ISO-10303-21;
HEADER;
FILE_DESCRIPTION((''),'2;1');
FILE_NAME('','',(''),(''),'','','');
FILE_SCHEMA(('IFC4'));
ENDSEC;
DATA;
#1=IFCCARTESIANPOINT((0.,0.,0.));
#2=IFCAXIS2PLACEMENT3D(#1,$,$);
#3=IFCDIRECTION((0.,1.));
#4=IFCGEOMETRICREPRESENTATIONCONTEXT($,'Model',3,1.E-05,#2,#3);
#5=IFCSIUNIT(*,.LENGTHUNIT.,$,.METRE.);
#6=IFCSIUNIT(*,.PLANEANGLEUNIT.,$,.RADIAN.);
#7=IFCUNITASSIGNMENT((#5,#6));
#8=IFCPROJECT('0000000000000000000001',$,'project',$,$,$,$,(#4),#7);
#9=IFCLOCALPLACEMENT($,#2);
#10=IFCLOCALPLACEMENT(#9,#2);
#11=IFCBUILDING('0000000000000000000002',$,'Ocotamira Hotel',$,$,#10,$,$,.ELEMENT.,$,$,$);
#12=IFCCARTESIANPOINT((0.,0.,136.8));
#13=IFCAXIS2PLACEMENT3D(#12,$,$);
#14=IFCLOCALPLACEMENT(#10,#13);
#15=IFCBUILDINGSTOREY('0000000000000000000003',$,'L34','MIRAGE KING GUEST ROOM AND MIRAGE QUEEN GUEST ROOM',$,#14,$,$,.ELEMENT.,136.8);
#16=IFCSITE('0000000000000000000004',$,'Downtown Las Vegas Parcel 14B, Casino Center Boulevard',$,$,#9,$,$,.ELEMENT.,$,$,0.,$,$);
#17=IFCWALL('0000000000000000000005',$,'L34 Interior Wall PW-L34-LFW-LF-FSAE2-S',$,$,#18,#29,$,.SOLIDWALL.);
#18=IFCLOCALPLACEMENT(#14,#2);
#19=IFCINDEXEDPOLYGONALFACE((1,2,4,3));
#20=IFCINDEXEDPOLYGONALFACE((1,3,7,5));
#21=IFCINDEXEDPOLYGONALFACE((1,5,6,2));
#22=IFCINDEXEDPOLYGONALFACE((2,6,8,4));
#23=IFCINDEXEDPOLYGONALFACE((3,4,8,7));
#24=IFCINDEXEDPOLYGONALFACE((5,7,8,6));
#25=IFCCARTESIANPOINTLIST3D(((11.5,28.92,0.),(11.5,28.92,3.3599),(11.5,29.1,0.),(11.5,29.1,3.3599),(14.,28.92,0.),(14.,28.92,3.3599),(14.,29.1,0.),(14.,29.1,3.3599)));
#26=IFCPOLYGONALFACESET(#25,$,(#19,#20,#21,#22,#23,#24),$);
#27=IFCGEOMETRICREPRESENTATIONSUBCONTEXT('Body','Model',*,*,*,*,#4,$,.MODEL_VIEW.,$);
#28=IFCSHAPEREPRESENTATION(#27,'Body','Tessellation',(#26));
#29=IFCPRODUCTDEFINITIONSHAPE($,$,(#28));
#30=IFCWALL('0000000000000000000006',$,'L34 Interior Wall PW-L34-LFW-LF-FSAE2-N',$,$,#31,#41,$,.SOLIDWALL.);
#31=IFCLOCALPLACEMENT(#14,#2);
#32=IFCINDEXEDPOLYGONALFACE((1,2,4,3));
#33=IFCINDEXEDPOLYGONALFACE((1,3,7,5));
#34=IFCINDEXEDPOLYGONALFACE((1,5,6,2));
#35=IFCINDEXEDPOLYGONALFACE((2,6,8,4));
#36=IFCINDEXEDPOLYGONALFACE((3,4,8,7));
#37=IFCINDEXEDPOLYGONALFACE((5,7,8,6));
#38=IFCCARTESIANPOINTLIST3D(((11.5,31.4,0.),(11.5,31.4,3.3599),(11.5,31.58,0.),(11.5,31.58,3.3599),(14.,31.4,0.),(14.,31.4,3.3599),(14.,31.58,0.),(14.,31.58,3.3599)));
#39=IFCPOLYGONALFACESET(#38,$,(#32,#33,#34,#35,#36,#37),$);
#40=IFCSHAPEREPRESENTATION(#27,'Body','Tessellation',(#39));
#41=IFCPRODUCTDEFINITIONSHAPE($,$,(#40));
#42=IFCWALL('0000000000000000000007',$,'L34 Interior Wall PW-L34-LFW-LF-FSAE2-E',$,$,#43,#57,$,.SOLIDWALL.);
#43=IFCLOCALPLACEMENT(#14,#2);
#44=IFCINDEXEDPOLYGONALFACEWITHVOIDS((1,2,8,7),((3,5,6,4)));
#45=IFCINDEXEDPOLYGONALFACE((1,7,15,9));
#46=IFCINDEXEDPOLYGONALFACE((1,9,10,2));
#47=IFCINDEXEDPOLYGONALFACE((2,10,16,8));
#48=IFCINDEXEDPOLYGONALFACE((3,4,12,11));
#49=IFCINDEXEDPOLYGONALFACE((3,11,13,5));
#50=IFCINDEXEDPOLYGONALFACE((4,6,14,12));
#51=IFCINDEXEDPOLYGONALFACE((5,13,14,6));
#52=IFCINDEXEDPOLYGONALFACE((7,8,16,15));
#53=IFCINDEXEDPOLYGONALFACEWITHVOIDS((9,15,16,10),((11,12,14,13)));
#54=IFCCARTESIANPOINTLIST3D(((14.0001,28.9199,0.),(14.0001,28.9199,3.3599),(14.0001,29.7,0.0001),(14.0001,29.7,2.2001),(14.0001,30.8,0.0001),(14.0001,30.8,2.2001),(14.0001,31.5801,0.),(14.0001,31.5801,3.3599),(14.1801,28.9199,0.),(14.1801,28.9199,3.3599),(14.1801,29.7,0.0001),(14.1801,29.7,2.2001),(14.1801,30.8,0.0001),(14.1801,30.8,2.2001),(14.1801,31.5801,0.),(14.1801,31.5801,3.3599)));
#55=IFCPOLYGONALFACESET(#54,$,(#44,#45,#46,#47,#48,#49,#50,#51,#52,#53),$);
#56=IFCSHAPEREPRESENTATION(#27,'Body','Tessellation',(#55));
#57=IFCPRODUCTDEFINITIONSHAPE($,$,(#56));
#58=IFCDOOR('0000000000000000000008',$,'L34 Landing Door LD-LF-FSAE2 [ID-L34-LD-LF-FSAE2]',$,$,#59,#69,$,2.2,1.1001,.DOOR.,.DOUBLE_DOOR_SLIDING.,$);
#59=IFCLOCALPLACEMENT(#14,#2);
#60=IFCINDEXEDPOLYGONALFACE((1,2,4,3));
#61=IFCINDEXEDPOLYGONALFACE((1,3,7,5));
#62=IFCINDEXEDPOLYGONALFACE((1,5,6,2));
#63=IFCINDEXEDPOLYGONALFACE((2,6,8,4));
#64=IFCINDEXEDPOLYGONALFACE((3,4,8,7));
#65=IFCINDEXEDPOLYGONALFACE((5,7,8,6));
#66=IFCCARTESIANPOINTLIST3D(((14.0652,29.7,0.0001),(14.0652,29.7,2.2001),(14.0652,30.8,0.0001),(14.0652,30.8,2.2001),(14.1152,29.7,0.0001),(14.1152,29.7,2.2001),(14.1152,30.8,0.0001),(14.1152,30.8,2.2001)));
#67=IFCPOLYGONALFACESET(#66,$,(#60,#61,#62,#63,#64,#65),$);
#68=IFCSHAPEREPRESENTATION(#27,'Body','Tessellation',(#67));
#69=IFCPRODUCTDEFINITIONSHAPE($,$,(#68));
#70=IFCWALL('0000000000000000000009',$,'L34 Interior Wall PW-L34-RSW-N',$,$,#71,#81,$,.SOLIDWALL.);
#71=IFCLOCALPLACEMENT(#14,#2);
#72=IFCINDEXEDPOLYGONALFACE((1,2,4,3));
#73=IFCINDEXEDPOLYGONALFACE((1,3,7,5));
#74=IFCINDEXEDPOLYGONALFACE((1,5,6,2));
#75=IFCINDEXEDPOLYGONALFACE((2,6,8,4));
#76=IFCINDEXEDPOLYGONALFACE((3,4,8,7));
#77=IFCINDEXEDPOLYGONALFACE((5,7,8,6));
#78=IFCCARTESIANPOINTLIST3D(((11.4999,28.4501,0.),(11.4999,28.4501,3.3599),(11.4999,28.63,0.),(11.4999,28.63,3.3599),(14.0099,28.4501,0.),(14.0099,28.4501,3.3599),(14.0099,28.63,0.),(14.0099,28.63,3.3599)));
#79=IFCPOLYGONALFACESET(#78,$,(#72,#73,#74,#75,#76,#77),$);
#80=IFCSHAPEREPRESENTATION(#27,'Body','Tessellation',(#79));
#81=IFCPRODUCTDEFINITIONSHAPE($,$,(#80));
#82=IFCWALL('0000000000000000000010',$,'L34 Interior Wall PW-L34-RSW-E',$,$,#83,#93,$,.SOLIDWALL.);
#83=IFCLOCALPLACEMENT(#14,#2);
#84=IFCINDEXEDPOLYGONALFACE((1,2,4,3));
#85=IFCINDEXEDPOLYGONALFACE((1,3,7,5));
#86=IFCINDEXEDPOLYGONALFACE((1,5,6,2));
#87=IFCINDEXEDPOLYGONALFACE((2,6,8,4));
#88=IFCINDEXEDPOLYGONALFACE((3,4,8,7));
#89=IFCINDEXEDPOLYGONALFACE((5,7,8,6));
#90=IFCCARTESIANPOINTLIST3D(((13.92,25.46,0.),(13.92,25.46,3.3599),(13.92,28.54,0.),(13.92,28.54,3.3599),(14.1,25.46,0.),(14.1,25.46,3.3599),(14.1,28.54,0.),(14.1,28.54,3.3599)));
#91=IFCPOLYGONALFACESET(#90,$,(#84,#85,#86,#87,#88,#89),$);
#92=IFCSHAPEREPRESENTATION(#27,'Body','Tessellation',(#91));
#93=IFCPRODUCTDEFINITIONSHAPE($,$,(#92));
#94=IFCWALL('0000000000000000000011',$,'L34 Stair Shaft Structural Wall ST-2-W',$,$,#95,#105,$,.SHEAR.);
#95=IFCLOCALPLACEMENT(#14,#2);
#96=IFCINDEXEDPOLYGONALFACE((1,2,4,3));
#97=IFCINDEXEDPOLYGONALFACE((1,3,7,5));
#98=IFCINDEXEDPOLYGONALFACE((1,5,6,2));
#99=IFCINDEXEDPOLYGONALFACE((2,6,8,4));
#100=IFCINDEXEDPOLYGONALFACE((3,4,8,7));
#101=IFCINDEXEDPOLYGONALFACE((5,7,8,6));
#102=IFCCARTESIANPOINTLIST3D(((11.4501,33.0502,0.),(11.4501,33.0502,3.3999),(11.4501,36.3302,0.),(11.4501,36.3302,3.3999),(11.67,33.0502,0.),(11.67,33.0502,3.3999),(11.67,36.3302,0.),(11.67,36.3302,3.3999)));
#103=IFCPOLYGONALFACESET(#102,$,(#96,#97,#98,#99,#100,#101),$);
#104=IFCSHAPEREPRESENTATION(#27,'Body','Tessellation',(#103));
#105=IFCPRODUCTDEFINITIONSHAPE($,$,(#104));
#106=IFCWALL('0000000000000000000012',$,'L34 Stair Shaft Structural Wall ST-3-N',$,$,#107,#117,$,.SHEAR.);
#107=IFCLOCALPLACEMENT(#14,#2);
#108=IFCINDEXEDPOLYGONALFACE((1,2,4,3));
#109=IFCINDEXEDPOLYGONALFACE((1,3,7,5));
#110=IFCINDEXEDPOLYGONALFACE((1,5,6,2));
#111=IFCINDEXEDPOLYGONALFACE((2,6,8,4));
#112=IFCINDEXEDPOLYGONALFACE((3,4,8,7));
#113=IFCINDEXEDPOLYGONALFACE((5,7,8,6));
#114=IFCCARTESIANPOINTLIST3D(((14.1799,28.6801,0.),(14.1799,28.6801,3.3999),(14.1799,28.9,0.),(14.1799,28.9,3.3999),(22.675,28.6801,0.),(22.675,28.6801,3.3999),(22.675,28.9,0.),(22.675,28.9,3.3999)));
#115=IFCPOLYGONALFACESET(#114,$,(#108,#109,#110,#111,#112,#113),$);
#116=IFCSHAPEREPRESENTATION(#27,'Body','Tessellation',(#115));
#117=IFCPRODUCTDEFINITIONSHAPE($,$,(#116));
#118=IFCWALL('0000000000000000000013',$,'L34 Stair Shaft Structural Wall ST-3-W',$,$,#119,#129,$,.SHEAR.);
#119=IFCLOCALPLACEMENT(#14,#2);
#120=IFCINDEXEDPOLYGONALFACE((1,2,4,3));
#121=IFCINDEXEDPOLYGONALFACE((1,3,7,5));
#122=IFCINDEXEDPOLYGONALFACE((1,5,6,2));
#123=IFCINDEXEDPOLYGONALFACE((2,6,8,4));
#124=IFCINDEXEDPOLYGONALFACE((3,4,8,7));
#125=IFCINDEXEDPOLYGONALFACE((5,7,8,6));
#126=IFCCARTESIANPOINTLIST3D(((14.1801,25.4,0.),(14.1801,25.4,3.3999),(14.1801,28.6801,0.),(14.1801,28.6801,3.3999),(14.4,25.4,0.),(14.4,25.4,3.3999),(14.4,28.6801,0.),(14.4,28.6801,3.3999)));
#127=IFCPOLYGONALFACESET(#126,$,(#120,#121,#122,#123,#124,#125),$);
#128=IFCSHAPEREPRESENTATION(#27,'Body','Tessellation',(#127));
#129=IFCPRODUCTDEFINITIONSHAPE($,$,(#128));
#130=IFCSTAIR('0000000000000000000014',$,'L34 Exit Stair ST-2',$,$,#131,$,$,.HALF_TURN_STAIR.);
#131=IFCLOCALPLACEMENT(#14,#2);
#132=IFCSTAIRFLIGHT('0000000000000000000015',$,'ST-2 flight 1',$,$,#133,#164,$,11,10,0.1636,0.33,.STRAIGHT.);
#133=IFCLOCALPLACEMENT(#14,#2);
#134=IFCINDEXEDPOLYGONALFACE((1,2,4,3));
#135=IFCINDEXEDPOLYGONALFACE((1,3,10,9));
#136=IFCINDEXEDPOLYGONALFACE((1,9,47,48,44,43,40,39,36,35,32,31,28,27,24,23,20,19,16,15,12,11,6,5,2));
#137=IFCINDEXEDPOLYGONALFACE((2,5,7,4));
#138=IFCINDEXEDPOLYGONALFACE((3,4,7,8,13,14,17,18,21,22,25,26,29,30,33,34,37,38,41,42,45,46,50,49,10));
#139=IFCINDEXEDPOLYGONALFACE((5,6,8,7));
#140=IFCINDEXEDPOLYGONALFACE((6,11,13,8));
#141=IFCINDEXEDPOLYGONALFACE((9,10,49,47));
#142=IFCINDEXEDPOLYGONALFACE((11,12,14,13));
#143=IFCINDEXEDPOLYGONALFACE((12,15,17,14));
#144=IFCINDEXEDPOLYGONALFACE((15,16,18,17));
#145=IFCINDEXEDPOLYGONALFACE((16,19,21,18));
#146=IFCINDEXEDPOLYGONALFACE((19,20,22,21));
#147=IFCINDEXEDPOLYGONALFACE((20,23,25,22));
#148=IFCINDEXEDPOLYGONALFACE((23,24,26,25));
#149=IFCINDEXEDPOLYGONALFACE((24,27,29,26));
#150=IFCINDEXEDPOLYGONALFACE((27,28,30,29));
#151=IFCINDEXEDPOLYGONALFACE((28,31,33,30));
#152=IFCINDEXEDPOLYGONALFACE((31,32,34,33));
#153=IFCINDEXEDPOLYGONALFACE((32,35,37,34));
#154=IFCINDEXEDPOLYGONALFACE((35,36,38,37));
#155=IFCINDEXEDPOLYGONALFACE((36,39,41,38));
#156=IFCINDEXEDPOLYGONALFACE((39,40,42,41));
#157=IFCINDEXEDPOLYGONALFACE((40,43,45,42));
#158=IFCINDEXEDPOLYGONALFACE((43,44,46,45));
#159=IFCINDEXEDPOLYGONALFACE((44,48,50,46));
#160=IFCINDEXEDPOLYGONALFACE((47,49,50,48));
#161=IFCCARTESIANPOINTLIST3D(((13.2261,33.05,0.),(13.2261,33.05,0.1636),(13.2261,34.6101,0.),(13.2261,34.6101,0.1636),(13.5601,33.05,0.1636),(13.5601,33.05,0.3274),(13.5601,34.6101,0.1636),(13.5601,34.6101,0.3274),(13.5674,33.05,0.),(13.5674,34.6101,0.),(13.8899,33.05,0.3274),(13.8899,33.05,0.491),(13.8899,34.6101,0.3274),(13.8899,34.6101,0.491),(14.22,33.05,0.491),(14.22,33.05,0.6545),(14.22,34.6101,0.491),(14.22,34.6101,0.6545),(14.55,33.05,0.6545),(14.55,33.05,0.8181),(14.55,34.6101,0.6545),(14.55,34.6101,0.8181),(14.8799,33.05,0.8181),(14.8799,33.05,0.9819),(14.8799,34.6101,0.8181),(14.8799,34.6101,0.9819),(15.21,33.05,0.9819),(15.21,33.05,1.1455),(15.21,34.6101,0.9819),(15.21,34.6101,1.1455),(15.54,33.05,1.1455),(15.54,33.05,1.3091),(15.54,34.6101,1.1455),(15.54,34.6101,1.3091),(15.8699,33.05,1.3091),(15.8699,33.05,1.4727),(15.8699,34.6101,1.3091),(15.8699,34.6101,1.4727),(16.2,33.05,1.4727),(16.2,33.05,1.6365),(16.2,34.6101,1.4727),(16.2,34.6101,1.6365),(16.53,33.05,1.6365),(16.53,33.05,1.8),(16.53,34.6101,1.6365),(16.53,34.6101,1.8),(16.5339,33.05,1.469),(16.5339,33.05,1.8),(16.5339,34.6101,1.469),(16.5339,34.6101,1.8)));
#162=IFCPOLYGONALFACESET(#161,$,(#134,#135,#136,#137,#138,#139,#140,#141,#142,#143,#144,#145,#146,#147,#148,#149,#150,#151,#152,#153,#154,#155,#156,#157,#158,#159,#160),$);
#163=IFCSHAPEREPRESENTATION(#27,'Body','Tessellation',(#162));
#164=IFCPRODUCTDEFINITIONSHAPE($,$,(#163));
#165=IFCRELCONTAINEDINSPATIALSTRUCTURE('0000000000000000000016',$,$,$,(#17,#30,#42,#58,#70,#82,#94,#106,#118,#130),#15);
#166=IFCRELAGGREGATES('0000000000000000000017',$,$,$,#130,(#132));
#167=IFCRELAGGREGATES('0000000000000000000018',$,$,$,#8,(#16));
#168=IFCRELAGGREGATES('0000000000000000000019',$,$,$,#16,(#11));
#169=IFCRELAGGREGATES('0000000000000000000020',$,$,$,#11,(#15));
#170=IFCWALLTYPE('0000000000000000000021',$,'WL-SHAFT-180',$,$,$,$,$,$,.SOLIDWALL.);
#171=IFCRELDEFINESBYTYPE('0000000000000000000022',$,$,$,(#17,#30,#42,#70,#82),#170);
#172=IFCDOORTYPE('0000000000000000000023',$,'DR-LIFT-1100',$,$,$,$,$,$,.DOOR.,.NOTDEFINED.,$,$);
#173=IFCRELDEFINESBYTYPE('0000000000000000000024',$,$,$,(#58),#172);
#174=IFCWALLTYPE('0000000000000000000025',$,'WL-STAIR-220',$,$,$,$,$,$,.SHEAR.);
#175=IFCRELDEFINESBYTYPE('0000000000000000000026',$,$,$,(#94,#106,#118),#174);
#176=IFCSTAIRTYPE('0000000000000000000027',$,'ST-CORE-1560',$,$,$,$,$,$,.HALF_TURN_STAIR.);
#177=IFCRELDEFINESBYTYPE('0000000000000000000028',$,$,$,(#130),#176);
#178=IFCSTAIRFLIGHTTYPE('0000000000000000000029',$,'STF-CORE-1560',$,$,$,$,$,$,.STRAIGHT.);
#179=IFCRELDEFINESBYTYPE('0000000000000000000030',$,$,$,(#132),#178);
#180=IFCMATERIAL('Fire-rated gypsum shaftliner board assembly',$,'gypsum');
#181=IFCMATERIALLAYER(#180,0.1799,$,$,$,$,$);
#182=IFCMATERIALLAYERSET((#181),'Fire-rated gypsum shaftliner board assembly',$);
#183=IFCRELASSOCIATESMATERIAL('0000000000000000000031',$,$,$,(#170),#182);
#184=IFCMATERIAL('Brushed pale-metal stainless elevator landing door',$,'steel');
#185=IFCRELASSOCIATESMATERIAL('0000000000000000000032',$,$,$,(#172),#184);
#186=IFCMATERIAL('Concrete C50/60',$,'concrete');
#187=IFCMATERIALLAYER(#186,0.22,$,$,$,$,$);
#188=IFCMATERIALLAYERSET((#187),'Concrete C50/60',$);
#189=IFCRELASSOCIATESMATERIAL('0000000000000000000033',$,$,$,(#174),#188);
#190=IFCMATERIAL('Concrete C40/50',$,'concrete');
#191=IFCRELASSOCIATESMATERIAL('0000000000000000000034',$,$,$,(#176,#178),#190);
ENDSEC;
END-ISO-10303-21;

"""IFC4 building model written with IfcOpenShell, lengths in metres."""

from ifc_helpers import new_model, si_unit, direction, frame, frame_2d, origin, place, context, subcontext, project, spatial, polyline, rectangle, outline, extrude, source, transform, mapped, material, layer, layer_set, type_object, element, fill, aggregate, save


model = new_model("IFC4")

# Units and contexts
model_context = context("Model", 3, precision=1e-05, world=origin(), true_north=direction((0.0, 1.0)))
body_context = subcontext(model_context, "Body", "Model", "MODEL_VIEW")
ifc_project = project(units=[si_unit("LENGTHUNIT", "METRE"), si_unit("PLANEANGLEUNIT", "RADIAN")], contexts=[model_context])

# Site, building, storey
site_placement = place(None, origin())
site = spatial("IfcSite", under=ifc_project, at=site_placement, Name="Downtown Las Vegas Parcel 14B, Casino Center Boulevard", CompositionType="ELEMENT", RefElevation=0.0)
building_placement = place(site_placement, origin())
building = spatial("IfcBuilding", under=site, at=building_placement, Name="Ocotamira Hotel", CompositionType="ELEMENT")
storey_placement = place(building_placement, frame((0.0, 0.0, 136.8)))
storey = spatial("IfcBuildingStorey", under=building, at=storey_placement, Name="L34", Description="MIRAGE KING GUEST ROOM AND MIRAGE QUEEN GUEST ROOM", CompositionType="ELEMENT", Elevation=136.8)

# Walls
ifc_material_1 = material(Name="Fire-rated gypsum shaftliner board assembly", Category="gypsum")
ifc_layer_1 = layer(ifc_material_1, 0.1799)
ifc_layer_set_1 = layer_set([ifc_layer_1], Name="Fire-rated gypsum shaftliner board assembly")
wall_type_1 = type_object("IfcWallType", Name="WL-SHAFT-180", PredefinedType="SOLIDWALL", material=ifc_layer_set_1)
for number, where, z_axis, x_axis, name in (
    (1, (11.5, 29.01, 0.0), (0.0, 0.0, 1.0), (1.0, 0.0, 0.0), "L34 Interior Wall PW-L34-LFW-LF-FSAE2-S"),
    (2, (11.5, 31.49, 0.0), (0.0, 0.0, 1.0), (1.0, 0.0, 0.0), "L34 Interior Wall PW-L34-LFW-LF-FSAE2-N"),
):
    element("IfcWall", number, at=place(storey_placement, frame(where, z_axis=z_axis, x_axis=x_axis)), inside=storey, type_object=wall_type_1, Name=name, PredefinedType="SOLIDWALL", context=body_context, shape_type="SweptSolid", body=[
        extrude(rectangle(XDim=2.5, YDim=0.1799, at=frame_2d((1.25, 0.0))), origin(), (0.0, 0.0, 1.0), 3.3599),
    ])

# Wall, opening, door
wall_1_placement = place(storey_placement, frame((14.0901, 28.9199, 0.0), z_axis=(0.0, 0.0, 1.0), x_axis=(0.0, 1.0, 0.0)))
wall_1 = element("IfcWall", 3, at=wall_1_placement, inside=storey, type_object=wall_type_1, Name="L34 Interior Wall PW-L34-LFW-LF-FSAE2-E", PredefinedType="SOLIDWALL", context=body_context, shape_type="SweptSolid", body=[
    extrude(rectangle(XDim=2.6602, YDim=0.1799, at=frame_2d((1.3301, 0.0))), origin(), (0.0, 0.0, 1.0), 3.3599),
])
opening_placement = place(wall_1_placement, frame((0.78, 0.0, 0.0)))
opening = element("IfcOpeningElement", 4, at=opening_placement, cuts=wall_1, PredefinedType="OPENING", context=body_context, shape_type="SweptSolid", body=[
    extrude(rectangle(XDim=1.1001, YDim=2.2, at=frame_2d((0.55, 1.1001))), frame((0.0, 0.1001, 0.0), z_axis=(0.0, -1.0, 0.0), x_axis=(1.0, 0.0, 0.0)), (0.0, 0.0, 1.0), 0.2),
])
ifc_material_2 = material(Name="Brushed pale-metal stainless elevator landing door", Category="steel")
door_type = type_object("IfcDoorType", Name="DR-LIFT-1100", OperationType="NOTDEFINED", PredefinedType="DOOR", material=ifc_material_2)
shared_shape_1 = source(origin(), body_context, "Body", "SweptSolid", [
    extrude(rectangle(XDim=1.1001, YDim=2.2, at=frame_2d((0.55, 1.1001))), frame((0.0, 0.0249, 0.0), z_axis=(0.0, -1.0, 0.0), x_axis=(1.0, 0.0, 0.0)), (0.0, 0.0, 1.0), 0.05),
])
door_placement = place(opening_placement, origin())
door = element("IfcDoor", 5, at=door_placement, inside=storey, type_object=door_type, Name="L34 Landing Door LD-LF-FSAE2 [ID-L34-LD-LF-FSAE2]", OperationType="DOUBLE_DOOR_SLIDING", OverallHeight=2.2, OverallWidth=1.1001, PredefinedType="DOOR", context=body_context, shape_type="MappedRepresentation", body=[
    mapped(shared_shape_1, transform((0.0, 0.0, 0.0), scale=1.0)),
])
fill(opening, door)

# Walls
wall_2_placement = place(storey_placement, frame((11.5, 28.54, 0.0), z_axis=(0.0, 0.0, 1.0), x_axis=(1.0, 0.0, 0.0)))
element("IfcWall", 6, at=wall_2_placement, inside=storey, type_object=wall_type_1, Name="L34 Interior Wall PW-L34-RSW-N", PredefinedType="SOLIDWALL", context=body_context, shape_type="SweptSolid", body=[
    extrude(rectangle(XDim=2.51, YDim=0.1799, at=frame_2d((1.2549, 0.0))), origin(), (0.0, 0.0, 1.0), 3.3599),
])
wall_3_placement = place(storey_placement, frame((14.01, 25.46, 0.0), z_axis=(0.0, 0.0, 1.0), x_axis=(0.0, 1.0, 0.0)))
element("IfcWall", 7, at=wall_3_placement, inside=storey, type_object=wall_type_1, Name="L34 Interior Wall PW-L34-RSW-E", PredefinedType="SOLIDWALL", context=body_context, shape_type="SweptSolid", body=[
    extrude(rectangle(XDim=3.0801, YDim=0.1799, at=frame_2d((1.54, 0.0))), origin(), (0.0, 0.0, 1.0), 3.3599),
])
ifc_material_3 = material(Name="Concrete C50/60", Category="concrete")
ifc_layer_2 = layer(ifc_material_3, 0.22)
ifc_layer_set_2 = layer_set([ifc_layer_2], Name="Concrete C50/60")
wall_type_2 = type_object("IfcWallType", Name="WL-STAIR-220", PredefinedType="SHEAR", material=ifc_layer_set_2)
wall_4_placement = place(storey_placement, frame((11.5601, 33.05, 0.0), z_axis=(0.0, 0.0, 1.0), x_axis=(0.0, 1.0, 0.0)))
element("IfcWall", 8, at=wall_4_placement, inside=storey, type_object=wall_type_2, Name="L34 Stair Shaft Structural Wall ST-2-W", PredefinedType="SHEAR", context=body_context, shape_type="SweptSolid", body=[
    extrude(rectangle(XDim=3.28, YDim=0.22, at=frame_2d((1.6401, 0.0))), origin(), (0.0, 0.0, 1.0), 3.3999),
])
wall_5_placement = place(storey_placement, frame((14.1799, 28.79, 0.0), z_axis=(0.0, 0.0, 1.0), x_axis=(1.0, 0.0, 0.0)))
element("IfcWall", 9, at=wall_5_placement, inside=storey, type_object=wall_type_2, Name="L34 Stair Shaft Structural Wall ST-3-N", PredefinedType="SHEAR", context=body_context, shape_type="SweptSolid", body=[
    extrude(rectangle(XDim=8.4951, YDim=0.22, at=frame_2d((4.2476, 0.0))), origin(), (0.0, 0.0, 1.0), 3.3999),
])
wall_6_placement = place(storey_placement, frame((14.29, 25.3999, 0.0), z_axis=(0.0, 0.0, 1.0), x_axis=(0.0, 1.0, 0.0)))
element("IfcWall", 10, at=wall_6_placement, inside=storey, type_object=wall_type_2, Name="L34 Stair Shaft Structural Wall ST-3-W", PredefinedType="SHEAR", context=body_context, shape_type="SweptSolid", body=[
    extrude(rectangle(XDim=3.28, YDim=0.22, at=frame_2d((1.6401, 0.0))), origin(), (0.0, 0.0, 1.0), 3.3999),
])

# Stair, stair flight
ifc_material_4 = material(Name="Concrete C40/50", Category="concrete")
stair_type = type_object("IfcStairType", Name="ST-CORE-1560", PredefinedType="HALF_TURN_STAIR", material=ifc_material_4)
stair_1_placement = place(storey_placement, origin())
stair_1 = element("IfcStair", 11, at=stair_1_placement, inside=storey, type_object=stair_type, Name="L34 Exit Stair ST-2", PredefinedType="HALF_TURN_STAIR")
stair_flight_type = type_object("IfcStairFlightType", Name="STF-CORE-1560", PredefinedType="STRAIGHT", material=ifc_material_4)
shared_shape_2 = source(origin(), body_context, "Body", "SweptSolid", [
    extrude(outline(polyline([(-0.0039, 0.0), (-0.0039, 0.1636), (0.3301, 0.1636), (0.3301, 0.3274), (0.6599, 0.3274), (0.6599, 0.491), (0.99, 0.491), (0.99, 0.6545), (1.3201, 0.6545), (1.3201, 0.8181), (1.6499, 0.8181), (1.6499, 0.9819), (1.98, 0.9819), (1.98, 1.1455), (2.3101, 1.1455), (2.3101, 1.3091), (2.6399, 1.3091), (2.6399, 1.4727), (2.97, 1.4727), (2.97, 1.6365), (3.3, 1.6365), (3.3, 1.8), (3.304, 1.8), (3.304, 1.469), (0.3374, 0.0), (-0.0039, 0.0)])), frame((0.0, 0.78, 0.0), z_axis=(0.0, -1.0, 0.0), x_axis=(1.0, 0.0, 0.0)), (0.0, 0.0, 1.0), 1.5601),
])
stair_flight_1_placement = place(storey_placement, frame((13.23, 33.8301, 0.0), z_axis=(0.0, 0.0, 1.0), x_axis=(1.0, 0.0, 0.0)))
stair_flight_1 = element("IfcStairFlight", 12, at=stair_flight_1_placement, type_object=stair_flight_type, Name="ST-2 flight 1", NumberOfRisers=11, NumberOfTreads=10, PredefinedType="STRAIGHT", RiserHeight=0.1636, TreadLength=0.33, context=body_context, shape_type="MappedRepresentation", body=[
    mapped(shared_shape_2, transform((0.0, 0.0, 0.0), scale=1.0)),
])
aggregate(stair_1, [stair_flight_1])

save(model, "model.ifc")
